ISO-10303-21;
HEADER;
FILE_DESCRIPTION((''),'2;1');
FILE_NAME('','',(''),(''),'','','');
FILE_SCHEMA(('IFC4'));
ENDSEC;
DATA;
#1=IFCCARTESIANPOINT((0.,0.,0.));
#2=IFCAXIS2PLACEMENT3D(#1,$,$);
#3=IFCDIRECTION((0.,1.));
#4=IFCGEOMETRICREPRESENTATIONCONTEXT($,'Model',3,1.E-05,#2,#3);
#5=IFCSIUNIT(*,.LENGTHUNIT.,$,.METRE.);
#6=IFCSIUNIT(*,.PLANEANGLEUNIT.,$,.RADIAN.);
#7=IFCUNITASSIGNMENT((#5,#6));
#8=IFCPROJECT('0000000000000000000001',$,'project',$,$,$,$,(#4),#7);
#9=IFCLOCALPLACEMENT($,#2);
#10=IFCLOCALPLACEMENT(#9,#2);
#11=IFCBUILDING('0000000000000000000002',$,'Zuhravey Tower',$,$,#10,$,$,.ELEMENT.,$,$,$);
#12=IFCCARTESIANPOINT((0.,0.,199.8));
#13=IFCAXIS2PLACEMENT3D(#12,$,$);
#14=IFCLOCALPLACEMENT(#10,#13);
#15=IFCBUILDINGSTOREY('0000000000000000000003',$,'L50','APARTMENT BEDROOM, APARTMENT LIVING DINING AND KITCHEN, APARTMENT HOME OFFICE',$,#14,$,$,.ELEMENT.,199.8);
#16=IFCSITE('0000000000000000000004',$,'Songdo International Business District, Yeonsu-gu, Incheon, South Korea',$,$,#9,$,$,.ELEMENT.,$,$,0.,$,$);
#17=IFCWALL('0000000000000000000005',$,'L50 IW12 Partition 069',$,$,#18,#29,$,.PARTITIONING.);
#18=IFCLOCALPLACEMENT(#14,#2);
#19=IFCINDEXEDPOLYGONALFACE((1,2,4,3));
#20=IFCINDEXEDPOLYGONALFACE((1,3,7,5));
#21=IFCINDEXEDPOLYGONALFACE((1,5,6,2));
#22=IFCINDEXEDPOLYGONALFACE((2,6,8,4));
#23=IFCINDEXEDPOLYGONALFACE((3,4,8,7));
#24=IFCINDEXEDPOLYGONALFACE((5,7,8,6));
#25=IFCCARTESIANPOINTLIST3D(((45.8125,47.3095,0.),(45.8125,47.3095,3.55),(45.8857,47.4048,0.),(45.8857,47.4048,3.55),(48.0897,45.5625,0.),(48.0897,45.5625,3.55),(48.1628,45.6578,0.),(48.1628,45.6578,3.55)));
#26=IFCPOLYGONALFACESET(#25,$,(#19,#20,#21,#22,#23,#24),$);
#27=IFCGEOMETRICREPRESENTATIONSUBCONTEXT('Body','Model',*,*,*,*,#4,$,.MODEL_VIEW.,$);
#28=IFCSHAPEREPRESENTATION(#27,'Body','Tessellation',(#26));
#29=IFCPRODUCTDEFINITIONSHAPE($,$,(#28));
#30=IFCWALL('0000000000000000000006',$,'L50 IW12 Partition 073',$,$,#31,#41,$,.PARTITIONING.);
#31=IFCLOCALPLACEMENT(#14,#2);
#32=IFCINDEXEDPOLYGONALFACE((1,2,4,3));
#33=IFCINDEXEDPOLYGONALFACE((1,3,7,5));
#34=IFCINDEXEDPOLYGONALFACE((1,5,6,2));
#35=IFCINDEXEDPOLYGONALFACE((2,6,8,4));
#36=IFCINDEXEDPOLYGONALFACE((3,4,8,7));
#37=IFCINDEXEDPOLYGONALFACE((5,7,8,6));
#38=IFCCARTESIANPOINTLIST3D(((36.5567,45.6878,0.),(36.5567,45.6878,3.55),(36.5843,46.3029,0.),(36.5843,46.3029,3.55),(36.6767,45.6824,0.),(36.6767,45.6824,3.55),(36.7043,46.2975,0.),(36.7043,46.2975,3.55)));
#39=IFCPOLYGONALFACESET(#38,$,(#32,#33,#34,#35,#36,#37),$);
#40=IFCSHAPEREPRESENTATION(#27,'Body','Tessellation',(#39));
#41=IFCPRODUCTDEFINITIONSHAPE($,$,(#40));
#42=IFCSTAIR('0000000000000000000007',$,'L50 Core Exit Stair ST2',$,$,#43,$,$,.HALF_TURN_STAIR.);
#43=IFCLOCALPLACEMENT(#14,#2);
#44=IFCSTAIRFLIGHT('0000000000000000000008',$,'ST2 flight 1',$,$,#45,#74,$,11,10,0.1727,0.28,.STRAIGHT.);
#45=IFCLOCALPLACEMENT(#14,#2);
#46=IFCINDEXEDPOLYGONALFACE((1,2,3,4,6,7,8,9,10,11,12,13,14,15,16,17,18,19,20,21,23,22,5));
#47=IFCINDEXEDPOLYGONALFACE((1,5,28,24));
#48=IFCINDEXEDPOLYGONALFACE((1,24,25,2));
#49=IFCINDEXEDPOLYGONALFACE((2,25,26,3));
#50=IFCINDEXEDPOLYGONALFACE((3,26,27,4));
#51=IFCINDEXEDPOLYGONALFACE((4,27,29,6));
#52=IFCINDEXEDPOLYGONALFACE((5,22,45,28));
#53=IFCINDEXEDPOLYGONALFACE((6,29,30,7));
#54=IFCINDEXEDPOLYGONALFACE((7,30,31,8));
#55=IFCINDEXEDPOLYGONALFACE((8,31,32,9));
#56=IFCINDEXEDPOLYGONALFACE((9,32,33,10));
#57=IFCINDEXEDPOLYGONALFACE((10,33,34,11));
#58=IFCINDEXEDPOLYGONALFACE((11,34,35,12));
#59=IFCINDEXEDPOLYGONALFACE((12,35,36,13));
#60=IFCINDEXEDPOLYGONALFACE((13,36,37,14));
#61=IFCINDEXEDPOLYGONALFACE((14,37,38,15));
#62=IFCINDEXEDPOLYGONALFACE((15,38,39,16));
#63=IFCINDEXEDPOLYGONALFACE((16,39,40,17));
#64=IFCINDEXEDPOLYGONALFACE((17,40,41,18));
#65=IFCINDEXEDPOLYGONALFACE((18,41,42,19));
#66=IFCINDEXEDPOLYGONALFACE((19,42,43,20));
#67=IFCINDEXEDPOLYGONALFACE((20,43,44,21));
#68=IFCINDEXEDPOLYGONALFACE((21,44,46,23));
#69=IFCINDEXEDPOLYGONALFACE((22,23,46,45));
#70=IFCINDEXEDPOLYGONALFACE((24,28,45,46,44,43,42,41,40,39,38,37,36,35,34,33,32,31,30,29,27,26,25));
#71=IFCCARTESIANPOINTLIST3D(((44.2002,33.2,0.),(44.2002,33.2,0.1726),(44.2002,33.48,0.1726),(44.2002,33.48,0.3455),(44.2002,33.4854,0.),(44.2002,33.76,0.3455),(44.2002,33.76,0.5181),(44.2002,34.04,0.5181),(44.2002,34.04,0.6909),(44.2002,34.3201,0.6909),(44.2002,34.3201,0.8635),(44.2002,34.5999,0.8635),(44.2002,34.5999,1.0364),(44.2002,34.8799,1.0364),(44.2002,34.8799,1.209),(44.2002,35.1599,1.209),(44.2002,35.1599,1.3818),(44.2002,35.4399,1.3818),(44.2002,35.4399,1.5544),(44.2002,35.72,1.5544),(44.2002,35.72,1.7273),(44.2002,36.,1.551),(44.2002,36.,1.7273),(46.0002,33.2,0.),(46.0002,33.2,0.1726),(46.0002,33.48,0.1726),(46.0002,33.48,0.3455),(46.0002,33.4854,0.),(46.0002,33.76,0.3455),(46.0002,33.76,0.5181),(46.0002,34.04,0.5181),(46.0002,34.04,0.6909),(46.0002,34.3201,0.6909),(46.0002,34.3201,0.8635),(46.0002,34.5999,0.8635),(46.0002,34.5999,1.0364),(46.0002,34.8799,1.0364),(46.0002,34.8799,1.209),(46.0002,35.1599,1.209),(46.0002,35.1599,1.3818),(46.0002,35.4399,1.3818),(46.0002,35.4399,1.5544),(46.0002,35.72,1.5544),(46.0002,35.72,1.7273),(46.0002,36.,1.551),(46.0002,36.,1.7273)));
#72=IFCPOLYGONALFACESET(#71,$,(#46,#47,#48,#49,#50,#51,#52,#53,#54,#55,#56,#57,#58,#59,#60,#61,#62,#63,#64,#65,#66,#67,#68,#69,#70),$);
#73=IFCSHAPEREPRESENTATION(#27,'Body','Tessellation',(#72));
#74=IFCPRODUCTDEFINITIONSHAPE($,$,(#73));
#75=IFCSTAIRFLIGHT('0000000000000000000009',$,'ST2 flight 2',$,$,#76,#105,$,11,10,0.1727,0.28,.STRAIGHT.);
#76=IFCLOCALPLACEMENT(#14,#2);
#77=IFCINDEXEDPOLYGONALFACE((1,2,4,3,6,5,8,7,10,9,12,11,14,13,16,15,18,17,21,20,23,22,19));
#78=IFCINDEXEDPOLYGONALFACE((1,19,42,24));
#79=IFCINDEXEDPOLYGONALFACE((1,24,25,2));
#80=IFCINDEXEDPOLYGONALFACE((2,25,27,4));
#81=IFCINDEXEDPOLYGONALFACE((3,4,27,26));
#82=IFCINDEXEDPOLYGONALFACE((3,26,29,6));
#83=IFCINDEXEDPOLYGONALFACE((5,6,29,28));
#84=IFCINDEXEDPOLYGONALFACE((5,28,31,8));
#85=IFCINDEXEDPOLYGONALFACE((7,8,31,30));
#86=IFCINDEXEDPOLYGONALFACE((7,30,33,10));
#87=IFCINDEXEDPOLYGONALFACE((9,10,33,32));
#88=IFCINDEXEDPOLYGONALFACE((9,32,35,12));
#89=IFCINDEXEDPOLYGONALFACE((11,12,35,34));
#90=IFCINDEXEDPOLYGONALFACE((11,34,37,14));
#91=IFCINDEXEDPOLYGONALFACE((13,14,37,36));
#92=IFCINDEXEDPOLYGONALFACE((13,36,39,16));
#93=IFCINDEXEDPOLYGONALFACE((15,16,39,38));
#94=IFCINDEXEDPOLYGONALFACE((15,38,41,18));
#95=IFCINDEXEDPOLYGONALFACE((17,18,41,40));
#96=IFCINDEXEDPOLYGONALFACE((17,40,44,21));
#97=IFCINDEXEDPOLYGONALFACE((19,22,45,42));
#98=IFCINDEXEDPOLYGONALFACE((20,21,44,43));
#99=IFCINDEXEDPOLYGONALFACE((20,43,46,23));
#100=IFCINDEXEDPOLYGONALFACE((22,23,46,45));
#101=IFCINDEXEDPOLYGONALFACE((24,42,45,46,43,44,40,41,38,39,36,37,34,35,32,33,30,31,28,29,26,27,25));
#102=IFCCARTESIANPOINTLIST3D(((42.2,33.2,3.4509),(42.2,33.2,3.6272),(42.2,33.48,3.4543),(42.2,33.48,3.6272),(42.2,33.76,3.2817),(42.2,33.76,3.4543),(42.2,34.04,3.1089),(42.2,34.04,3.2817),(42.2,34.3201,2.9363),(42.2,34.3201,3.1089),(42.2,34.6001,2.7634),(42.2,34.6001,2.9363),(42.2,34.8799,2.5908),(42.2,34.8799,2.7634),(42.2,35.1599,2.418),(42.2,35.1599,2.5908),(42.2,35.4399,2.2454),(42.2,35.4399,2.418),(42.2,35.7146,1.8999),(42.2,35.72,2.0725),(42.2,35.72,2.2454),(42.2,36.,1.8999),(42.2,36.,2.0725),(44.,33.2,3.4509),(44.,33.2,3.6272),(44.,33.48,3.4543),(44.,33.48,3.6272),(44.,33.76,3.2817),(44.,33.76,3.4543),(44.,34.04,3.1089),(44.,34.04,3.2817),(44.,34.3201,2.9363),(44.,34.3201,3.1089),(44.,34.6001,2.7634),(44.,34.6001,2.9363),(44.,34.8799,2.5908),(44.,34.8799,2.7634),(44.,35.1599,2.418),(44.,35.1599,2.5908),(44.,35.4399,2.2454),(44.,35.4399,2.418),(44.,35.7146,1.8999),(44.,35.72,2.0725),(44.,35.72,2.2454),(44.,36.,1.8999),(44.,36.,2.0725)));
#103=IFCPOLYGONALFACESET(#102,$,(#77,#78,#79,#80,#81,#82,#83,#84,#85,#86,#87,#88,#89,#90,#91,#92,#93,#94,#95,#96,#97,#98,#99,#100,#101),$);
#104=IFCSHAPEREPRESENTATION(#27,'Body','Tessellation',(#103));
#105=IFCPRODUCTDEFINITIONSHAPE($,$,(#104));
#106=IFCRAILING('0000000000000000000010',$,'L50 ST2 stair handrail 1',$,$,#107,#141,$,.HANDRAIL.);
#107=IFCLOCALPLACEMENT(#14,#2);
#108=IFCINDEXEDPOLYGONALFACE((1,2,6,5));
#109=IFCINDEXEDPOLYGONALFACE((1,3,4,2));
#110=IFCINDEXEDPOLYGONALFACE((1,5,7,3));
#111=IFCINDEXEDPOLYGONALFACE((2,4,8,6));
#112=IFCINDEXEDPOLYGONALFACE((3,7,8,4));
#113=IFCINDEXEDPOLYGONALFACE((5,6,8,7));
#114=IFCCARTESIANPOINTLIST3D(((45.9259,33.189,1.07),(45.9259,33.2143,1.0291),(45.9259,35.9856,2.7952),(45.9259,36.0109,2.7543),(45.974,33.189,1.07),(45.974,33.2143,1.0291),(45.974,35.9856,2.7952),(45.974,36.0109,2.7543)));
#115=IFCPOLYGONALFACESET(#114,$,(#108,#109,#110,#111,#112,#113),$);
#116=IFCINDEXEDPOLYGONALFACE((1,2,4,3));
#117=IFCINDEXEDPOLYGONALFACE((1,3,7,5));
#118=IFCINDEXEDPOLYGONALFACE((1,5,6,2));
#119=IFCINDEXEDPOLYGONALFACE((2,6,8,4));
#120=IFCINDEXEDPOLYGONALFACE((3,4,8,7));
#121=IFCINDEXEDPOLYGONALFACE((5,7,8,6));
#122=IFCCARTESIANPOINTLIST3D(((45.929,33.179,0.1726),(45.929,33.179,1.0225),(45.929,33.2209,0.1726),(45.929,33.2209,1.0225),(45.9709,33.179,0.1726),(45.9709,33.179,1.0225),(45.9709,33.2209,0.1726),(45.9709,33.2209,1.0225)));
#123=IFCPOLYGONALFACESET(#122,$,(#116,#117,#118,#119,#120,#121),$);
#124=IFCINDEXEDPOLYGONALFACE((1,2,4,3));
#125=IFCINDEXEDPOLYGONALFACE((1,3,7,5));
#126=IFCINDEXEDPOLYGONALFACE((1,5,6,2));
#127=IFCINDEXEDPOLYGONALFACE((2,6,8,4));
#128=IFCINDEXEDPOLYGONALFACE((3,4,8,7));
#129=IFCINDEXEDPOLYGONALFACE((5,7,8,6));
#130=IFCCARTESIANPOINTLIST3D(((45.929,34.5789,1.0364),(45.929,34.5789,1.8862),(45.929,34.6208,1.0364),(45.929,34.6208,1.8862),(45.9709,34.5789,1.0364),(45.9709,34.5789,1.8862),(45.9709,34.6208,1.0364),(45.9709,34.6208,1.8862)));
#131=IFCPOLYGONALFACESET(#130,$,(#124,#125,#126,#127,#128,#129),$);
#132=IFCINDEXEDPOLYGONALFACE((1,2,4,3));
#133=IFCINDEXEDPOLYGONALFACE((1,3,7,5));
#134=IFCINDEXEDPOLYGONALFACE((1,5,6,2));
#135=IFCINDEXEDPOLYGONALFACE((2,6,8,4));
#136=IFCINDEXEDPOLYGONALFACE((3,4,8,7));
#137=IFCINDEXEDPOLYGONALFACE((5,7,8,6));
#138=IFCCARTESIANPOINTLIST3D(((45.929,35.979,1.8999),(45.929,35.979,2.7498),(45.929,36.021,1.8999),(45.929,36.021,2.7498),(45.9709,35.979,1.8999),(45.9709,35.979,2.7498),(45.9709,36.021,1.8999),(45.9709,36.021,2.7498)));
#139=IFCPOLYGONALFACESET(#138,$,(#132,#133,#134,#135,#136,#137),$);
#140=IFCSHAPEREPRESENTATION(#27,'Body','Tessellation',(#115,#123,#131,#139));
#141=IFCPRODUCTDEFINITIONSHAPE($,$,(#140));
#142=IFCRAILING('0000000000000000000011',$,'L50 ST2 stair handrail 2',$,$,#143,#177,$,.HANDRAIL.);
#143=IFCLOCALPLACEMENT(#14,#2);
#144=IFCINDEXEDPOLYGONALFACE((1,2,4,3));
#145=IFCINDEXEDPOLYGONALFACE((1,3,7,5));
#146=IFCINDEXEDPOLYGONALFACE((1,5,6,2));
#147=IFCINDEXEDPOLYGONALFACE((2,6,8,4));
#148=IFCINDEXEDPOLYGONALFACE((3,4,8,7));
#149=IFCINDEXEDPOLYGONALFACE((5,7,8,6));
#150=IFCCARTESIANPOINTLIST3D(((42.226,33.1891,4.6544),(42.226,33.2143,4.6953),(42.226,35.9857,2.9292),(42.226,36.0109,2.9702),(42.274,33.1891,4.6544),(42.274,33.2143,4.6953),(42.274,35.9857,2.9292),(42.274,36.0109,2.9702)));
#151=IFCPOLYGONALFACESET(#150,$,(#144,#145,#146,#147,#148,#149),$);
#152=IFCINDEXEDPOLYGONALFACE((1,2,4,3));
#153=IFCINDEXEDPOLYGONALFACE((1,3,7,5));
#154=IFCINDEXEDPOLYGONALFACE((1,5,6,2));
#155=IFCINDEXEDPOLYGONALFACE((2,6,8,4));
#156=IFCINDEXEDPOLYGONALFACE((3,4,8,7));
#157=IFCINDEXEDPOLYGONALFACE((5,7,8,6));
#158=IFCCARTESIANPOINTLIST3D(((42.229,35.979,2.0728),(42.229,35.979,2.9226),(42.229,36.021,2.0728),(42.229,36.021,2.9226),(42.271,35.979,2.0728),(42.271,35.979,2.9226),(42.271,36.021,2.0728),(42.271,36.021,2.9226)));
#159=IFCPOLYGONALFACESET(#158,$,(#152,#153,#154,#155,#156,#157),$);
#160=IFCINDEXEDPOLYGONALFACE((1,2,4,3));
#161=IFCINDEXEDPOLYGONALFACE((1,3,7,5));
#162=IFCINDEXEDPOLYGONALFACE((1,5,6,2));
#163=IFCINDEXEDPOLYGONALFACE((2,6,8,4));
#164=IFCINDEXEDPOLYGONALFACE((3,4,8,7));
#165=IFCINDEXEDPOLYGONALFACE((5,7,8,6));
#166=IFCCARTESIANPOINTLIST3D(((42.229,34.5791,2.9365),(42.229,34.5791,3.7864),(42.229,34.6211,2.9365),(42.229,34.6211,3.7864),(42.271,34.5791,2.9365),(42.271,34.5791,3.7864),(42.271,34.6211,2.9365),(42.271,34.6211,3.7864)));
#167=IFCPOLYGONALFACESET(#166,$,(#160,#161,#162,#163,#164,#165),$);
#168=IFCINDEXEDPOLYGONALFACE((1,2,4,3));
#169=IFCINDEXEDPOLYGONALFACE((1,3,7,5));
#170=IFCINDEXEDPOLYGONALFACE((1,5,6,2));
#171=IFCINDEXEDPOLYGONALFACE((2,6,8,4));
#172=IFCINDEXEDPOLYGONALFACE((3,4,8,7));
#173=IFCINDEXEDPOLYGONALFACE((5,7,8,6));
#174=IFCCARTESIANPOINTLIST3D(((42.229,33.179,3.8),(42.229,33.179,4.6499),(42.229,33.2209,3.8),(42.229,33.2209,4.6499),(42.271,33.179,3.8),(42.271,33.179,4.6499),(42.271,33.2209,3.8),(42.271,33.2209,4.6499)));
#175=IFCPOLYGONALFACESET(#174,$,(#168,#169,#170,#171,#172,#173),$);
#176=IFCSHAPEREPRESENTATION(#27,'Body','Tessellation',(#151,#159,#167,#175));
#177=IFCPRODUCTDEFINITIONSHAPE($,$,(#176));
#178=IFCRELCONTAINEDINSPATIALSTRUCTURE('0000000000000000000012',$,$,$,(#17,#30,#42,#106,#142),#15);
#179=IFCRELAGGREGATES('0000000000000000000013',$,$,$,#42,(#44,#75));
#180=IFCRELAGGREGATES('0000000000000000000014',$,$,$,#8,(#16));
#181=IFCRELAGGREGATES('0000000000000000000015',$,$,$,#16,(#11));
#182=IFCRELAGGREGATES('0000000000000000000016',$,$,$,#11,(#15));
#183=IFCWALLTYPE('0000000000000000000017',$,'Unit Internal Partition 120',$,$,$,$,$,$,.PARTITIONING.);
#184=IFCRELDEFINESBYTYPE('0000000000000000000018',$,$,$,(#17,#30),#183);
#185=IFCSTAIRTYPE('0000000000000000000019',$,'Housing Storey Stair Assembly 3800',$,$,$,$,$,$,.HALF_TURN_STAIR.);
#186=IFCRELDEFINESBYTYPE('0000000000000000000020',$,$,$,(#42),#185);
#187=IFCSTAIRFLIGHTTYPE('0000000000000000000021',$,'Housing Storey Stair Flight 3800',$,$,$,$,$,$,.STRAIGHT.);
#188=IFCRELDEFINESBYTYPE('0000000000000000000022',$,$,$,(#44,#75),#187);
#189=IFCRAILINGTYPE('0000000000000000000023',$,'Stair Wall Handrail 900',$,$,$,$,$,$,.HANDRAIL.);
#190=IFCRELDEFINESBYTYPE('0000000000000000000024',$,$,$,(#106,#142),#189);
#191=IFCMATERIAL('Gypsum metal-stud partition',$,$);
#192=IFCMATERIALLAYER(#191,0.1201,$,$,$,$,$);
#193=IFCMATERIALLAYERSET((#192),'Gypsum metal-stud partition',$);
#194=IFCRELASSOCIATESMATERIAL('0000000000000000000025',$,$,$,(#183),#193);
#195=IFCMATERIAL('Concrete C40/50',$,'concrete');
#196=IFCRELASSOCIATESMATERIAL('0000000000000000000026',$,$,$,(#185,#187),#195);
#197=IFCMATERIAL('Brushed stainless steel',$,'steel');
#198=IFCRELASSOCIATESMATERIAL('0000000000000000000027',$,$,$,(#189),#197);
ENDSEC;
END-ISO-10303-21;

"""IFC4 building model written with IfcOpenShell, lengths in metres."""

from ifc_helpers import new_model, si_unit, direction, frame, frame_2d, origin, origin_2d, place, context, subcontext, project, spatial, polyline, rectangle, outline, extrude, material, layer, layer_set, type_object, element, aggregate, save


model = new_model("IFC4")

# Units and contexts
model_context = context("Model", 3, precision=1e-05, world=origin(), true_north=direction((0.0, 1.0)))
body_context = subcontext(model_context, "Body", "Model", "MODEL_VIEW")
ifc_project = project(units=[si_unit("LENGTHUNIT", "METRE"), si_unit("PLANEANGLEUNIT", "RADIAN")], contexts=[model_context])

# Site, building, storey
site_placement = place(None, origin())
site = spatial("IfcSite", under=ifc_project, at=site_placement, Name="Songdo International Business District, Yeonsu-gu, Incheon, South Korea", CompositionType="ELEMENT", RefElevation=0.0)
building_placement = place(site_placement, origin())
building = spatial("IfcBuilding", under=site, at=building_placement, Name="Zuhravey Tower", CompositionType="ELEMENT")
storey_placement = place(building_placement, frame((0.0, 0.0, 199.8)))
storey = spatial("IfcBuildingStorey", under=building, at=storey_placement, Name="L50", Description="APARTMENT BEDROOM, APARTMENT LIVING DINING AND KITCHEN, APARTMENT HOME OFFICE", CompositionType="ELEMENT", Elevation=199.8)

# Walls
ifc_material_1 = material(Name="Gypsum metal-stud partition")
ifc_layer_1 = layer(ifc_material_1, 0.1201)
ifc_layer_set_1 = layer_set([ifc_layer_1], Name="Gypsum metal-stud partition")
wall_type_1 = type_object("IfcWallType", Name="Unit Internal Partition 120", PredefinedType="PARTITIONING", material=ifc_layer_set_1)
wall_1_placement = place(storey_placement, frame((48.1262, 45.6101, 0.0), z_axis=(0.0, 0.0, 1.0), x_axis=(-0.793389, 0.608715, 0.0)))
element("IfcWall", 1, at=wall_1_placement, inside=storey, type_object=wall_type_1, Name="L50 IW12 Partition 069", PredefinedType="PARTITIONING", context=body_context, shape_type="SweptSolid", body=[
    extrude(rectangle(XDim=2.8701, YDim=0.1201, at=frame_2d((1.4351, 0.0))), origin(), (0.0, 0.0, 1.0), 3.55),
])
wall_2_placement = place(storey_placement, frame((36.6167, 45.6851, 0.0), z_axis=(0.0, 0.0, 1.0), x_axis=(0.044814, 0.998995, 0.0)))
element("IfcWall", 2, at=wall_2_placement, inside=storey, type_object=wall_type_1, Name="L50 IW12 Partition 073", PredefinedType="PARTITIONING", context=body_context, shape_type="SweptSolid", body=[
    extrude(rectangle(XDim=0.6157, YDim=0.1201, at=frame_2d((0.3079, 0.0))), origin(), (0.0, 0.0, 1.0), 3.55),
])

# Stair, stair flights
ifc_material_2 = material(Name="Concrete C40/50", Category="concrete")
stair_type = type_object("IfcStairType", Name="Housing Storey Stair Assembly 3800", PredefinedType="HALF_TURN_STAIR", material=ifc_material_2)
stair_placement = place(storey_placement, origin())
stair = element("IfcStair", 3, at=stair_placement, inside=storey, type_object=stair_type, Name="L50 Core Exit Stair ST2", PredefinedType="HALF_TURN_STAIR")
stair_flight_type = type_object("IfcStairFlightType", Name="Housing Storey Stair Flight 3800", PredefinedType="STRAIGHT", material=ifc_material_2)
stair_flight_1_placement = place(storey_placement, frame((45.1001, 33.2, 0.0), z_axis=(0.0, 0.0, 1.0), x_axis=(0.0, 1.0, 0.0)))
stair_flight_1 = element("IfcStairFlight", 4, at=stair_flight_1_placement, type_object=stair_flight_type, Name="ST2 flight 1", NumberOfRisers=11, NumberOfTreads=10, PredefinedType="STRAIGHT", RiserHeight=0.1727, TreadLength=0.28, context=body_context, shape_type="SweptSolid", body=[
    extrude(outline(polyline([(0.0, 0.0), (0.0, 0.1726), (0.28, 0.1726), (0.28, 0.3455), (0.5601, 0.3455), (0.5601, 0.5181), (0.8401, 0.5181), (0.8401, 0.6909), (1.1201, 0.6909), (1.1201, 0.8635), (1.3999, 0.8635), (1.3999, 1.0364), (1.6799, 1.0364), (1.6799, 1.209), (1.96, 1.209), (1.96, 1.3818), (2.24, 1.3818), (2.24, 1.5544), (2.52, 1.5544), (2.52, 1.7273), (2.8, 1.7273), (2.8, 1.8999), (2.8, 1.551), (0.2854, 0.0), (0.0, 0.0)])), frame((0.0, 0.8999, 0.0), z_axis=(0.0, -1.0, 0.0), x_axis=(1.0, 0.0, 0.0)), (0.0, 0.0, 1.0), 1.8),
])
stair_flight_2_placement = place(storey_placement, frame((43.1001, 36.0, 1.8999), z_axis=(0.0, 0.0, 1.0), x_axis=(0.0, -1.0, 0.0)))
stair_flight_2 = element("IfcStairFlight", 5, at=stair_flight_2_placement, type_object=stair_flight_type, Name="ST2 flight 2", NumberOfRisers=11, NumberOfTreads=10, PredefinedType="STRAIGHT", RiserHeight=0.1727, TreadLength=0.28, context=body_context, shape_type="SweptSolid", body=[
    extrude(outline(polyline([(0.0, 0.0), (0.0, 0.1726), (0.28, 0.1726), (0.28, 0.3455), (0.5601, 0.3455), (0.5601, 0.5181), (0.8401, 0.5181), (0.8401, 0.6909), (1.1201, 0.6909), (1.1201, 0.8635), (1.3999, 0.8635), (1.3999, 1.0364), (1.6799, 1.0364), (1.6799, 1.209), (1.96, 1.209), (1.96, 1.3818), (2.24, 1.3818), (2.24, 1.5544), (2.52, 1.5544), (2.52, 1.7273), (2.8, 1.7273), (2.8, 1.8999), (2.8, 1.551), (0.2854, 0.0), (0.0, 0.0)])), frame((0.0, 0.8999, 0.0), z_axis=(0.0, -1.0, 0.0), x_axis=(1.0, 0.0, 0.0)), (0.0, 0.0, 1.0), 1.8),
])
aggregate(stair, [stair_flight_1, stair_flight_2])

# Railings
ifc_material_3 = material(Name="Brushed stainless steel", Category="steel")
railing_type_1 = type_object("IfcRailingType", Name="Stair Wall Handrail 900", PredefinedType="HANDRAIL", material=ifc_material_3)
railing_1_placement = place(storey_placement, frame((45.95, 33.2, 0.1726)))
element("IfcRailing", 6, at=railing_1_placement, inside=storey, type_object=railing_type_1, Name="L50 ST2 stair handrail 1", PredefinedType="HANDRAIL", context=body_context, shape_type="SweptSolid", body=[
    extrude(rectangle(XDim=0.0481, YDim=0.0481, at=origin_2d()), frame((0.0, 0.0017, 0.877), z_axis=(0.0, 0.85109, 0.52502), x_axis=(-1.0, 0.0, 0.0)), (0.0, 0.0, 1.0), 3.2859),
    extrude(rectangle(XDim=0.042, YDim=0.042, at=origin_2d()), origin(), (0.0, 0.0, 1.0), 0.8499),
    extrude(rectangle(XDim=0.042, YDim=0.042, at=origin_2d()), frame((0.0, 1.3999, 0.8638)), (0.0, 0.0, 1.0), 0.8499),
    extrude(rectangle(XDim=0.042, YDim=0.042, at=origin_2d()), frame((0.0, 2.8, 1.7273)), (0.0, 0.0, 1.0), 0.8499),
])
railing_2_placement = place(storey_placement, frame((42.25, 36.0, 2.0728)))
element("IfcRailing", 7, at=railing_2_placement, inside=storey, type_object=railing_type_1, Name="L50 ST2 stair handrail 2", PredefinedType="HANDRAIL", context=body_context, shape_type="SweptSolid", body=[
    extrude(rectangle(XDim=0.0481, YDim=0.0481, at=origin_2d()), frame((0.0, -0.0017, 0.877), z_axis=(0.0, -0.85109, 0.52502), x_axis=(1.0, 0.0, 0.0)), (0.0, 0.0, 1.0), 3.2859),
    extrude(rectangle(XDim=0.042, YDim=0.042, at=origin_2d()), origin(), (0.0, 0.0, 1.0), 0.8499),
    extrude(rectangle(XDim=0.042, YDim=0.042, at=origin_2d()), frame((0.0, -1.3999, 0.8638)), (0.0, 0.0, 1.0), 0.8499),
    extrude(rectangle(XDim=0.042, YDim=0.042, at=origin_2d()), frame((0.0, -2.8, 1.7273)), (0.0, 0.0, 1.0), 0.8499),
])

save(model, "model.ifc")
